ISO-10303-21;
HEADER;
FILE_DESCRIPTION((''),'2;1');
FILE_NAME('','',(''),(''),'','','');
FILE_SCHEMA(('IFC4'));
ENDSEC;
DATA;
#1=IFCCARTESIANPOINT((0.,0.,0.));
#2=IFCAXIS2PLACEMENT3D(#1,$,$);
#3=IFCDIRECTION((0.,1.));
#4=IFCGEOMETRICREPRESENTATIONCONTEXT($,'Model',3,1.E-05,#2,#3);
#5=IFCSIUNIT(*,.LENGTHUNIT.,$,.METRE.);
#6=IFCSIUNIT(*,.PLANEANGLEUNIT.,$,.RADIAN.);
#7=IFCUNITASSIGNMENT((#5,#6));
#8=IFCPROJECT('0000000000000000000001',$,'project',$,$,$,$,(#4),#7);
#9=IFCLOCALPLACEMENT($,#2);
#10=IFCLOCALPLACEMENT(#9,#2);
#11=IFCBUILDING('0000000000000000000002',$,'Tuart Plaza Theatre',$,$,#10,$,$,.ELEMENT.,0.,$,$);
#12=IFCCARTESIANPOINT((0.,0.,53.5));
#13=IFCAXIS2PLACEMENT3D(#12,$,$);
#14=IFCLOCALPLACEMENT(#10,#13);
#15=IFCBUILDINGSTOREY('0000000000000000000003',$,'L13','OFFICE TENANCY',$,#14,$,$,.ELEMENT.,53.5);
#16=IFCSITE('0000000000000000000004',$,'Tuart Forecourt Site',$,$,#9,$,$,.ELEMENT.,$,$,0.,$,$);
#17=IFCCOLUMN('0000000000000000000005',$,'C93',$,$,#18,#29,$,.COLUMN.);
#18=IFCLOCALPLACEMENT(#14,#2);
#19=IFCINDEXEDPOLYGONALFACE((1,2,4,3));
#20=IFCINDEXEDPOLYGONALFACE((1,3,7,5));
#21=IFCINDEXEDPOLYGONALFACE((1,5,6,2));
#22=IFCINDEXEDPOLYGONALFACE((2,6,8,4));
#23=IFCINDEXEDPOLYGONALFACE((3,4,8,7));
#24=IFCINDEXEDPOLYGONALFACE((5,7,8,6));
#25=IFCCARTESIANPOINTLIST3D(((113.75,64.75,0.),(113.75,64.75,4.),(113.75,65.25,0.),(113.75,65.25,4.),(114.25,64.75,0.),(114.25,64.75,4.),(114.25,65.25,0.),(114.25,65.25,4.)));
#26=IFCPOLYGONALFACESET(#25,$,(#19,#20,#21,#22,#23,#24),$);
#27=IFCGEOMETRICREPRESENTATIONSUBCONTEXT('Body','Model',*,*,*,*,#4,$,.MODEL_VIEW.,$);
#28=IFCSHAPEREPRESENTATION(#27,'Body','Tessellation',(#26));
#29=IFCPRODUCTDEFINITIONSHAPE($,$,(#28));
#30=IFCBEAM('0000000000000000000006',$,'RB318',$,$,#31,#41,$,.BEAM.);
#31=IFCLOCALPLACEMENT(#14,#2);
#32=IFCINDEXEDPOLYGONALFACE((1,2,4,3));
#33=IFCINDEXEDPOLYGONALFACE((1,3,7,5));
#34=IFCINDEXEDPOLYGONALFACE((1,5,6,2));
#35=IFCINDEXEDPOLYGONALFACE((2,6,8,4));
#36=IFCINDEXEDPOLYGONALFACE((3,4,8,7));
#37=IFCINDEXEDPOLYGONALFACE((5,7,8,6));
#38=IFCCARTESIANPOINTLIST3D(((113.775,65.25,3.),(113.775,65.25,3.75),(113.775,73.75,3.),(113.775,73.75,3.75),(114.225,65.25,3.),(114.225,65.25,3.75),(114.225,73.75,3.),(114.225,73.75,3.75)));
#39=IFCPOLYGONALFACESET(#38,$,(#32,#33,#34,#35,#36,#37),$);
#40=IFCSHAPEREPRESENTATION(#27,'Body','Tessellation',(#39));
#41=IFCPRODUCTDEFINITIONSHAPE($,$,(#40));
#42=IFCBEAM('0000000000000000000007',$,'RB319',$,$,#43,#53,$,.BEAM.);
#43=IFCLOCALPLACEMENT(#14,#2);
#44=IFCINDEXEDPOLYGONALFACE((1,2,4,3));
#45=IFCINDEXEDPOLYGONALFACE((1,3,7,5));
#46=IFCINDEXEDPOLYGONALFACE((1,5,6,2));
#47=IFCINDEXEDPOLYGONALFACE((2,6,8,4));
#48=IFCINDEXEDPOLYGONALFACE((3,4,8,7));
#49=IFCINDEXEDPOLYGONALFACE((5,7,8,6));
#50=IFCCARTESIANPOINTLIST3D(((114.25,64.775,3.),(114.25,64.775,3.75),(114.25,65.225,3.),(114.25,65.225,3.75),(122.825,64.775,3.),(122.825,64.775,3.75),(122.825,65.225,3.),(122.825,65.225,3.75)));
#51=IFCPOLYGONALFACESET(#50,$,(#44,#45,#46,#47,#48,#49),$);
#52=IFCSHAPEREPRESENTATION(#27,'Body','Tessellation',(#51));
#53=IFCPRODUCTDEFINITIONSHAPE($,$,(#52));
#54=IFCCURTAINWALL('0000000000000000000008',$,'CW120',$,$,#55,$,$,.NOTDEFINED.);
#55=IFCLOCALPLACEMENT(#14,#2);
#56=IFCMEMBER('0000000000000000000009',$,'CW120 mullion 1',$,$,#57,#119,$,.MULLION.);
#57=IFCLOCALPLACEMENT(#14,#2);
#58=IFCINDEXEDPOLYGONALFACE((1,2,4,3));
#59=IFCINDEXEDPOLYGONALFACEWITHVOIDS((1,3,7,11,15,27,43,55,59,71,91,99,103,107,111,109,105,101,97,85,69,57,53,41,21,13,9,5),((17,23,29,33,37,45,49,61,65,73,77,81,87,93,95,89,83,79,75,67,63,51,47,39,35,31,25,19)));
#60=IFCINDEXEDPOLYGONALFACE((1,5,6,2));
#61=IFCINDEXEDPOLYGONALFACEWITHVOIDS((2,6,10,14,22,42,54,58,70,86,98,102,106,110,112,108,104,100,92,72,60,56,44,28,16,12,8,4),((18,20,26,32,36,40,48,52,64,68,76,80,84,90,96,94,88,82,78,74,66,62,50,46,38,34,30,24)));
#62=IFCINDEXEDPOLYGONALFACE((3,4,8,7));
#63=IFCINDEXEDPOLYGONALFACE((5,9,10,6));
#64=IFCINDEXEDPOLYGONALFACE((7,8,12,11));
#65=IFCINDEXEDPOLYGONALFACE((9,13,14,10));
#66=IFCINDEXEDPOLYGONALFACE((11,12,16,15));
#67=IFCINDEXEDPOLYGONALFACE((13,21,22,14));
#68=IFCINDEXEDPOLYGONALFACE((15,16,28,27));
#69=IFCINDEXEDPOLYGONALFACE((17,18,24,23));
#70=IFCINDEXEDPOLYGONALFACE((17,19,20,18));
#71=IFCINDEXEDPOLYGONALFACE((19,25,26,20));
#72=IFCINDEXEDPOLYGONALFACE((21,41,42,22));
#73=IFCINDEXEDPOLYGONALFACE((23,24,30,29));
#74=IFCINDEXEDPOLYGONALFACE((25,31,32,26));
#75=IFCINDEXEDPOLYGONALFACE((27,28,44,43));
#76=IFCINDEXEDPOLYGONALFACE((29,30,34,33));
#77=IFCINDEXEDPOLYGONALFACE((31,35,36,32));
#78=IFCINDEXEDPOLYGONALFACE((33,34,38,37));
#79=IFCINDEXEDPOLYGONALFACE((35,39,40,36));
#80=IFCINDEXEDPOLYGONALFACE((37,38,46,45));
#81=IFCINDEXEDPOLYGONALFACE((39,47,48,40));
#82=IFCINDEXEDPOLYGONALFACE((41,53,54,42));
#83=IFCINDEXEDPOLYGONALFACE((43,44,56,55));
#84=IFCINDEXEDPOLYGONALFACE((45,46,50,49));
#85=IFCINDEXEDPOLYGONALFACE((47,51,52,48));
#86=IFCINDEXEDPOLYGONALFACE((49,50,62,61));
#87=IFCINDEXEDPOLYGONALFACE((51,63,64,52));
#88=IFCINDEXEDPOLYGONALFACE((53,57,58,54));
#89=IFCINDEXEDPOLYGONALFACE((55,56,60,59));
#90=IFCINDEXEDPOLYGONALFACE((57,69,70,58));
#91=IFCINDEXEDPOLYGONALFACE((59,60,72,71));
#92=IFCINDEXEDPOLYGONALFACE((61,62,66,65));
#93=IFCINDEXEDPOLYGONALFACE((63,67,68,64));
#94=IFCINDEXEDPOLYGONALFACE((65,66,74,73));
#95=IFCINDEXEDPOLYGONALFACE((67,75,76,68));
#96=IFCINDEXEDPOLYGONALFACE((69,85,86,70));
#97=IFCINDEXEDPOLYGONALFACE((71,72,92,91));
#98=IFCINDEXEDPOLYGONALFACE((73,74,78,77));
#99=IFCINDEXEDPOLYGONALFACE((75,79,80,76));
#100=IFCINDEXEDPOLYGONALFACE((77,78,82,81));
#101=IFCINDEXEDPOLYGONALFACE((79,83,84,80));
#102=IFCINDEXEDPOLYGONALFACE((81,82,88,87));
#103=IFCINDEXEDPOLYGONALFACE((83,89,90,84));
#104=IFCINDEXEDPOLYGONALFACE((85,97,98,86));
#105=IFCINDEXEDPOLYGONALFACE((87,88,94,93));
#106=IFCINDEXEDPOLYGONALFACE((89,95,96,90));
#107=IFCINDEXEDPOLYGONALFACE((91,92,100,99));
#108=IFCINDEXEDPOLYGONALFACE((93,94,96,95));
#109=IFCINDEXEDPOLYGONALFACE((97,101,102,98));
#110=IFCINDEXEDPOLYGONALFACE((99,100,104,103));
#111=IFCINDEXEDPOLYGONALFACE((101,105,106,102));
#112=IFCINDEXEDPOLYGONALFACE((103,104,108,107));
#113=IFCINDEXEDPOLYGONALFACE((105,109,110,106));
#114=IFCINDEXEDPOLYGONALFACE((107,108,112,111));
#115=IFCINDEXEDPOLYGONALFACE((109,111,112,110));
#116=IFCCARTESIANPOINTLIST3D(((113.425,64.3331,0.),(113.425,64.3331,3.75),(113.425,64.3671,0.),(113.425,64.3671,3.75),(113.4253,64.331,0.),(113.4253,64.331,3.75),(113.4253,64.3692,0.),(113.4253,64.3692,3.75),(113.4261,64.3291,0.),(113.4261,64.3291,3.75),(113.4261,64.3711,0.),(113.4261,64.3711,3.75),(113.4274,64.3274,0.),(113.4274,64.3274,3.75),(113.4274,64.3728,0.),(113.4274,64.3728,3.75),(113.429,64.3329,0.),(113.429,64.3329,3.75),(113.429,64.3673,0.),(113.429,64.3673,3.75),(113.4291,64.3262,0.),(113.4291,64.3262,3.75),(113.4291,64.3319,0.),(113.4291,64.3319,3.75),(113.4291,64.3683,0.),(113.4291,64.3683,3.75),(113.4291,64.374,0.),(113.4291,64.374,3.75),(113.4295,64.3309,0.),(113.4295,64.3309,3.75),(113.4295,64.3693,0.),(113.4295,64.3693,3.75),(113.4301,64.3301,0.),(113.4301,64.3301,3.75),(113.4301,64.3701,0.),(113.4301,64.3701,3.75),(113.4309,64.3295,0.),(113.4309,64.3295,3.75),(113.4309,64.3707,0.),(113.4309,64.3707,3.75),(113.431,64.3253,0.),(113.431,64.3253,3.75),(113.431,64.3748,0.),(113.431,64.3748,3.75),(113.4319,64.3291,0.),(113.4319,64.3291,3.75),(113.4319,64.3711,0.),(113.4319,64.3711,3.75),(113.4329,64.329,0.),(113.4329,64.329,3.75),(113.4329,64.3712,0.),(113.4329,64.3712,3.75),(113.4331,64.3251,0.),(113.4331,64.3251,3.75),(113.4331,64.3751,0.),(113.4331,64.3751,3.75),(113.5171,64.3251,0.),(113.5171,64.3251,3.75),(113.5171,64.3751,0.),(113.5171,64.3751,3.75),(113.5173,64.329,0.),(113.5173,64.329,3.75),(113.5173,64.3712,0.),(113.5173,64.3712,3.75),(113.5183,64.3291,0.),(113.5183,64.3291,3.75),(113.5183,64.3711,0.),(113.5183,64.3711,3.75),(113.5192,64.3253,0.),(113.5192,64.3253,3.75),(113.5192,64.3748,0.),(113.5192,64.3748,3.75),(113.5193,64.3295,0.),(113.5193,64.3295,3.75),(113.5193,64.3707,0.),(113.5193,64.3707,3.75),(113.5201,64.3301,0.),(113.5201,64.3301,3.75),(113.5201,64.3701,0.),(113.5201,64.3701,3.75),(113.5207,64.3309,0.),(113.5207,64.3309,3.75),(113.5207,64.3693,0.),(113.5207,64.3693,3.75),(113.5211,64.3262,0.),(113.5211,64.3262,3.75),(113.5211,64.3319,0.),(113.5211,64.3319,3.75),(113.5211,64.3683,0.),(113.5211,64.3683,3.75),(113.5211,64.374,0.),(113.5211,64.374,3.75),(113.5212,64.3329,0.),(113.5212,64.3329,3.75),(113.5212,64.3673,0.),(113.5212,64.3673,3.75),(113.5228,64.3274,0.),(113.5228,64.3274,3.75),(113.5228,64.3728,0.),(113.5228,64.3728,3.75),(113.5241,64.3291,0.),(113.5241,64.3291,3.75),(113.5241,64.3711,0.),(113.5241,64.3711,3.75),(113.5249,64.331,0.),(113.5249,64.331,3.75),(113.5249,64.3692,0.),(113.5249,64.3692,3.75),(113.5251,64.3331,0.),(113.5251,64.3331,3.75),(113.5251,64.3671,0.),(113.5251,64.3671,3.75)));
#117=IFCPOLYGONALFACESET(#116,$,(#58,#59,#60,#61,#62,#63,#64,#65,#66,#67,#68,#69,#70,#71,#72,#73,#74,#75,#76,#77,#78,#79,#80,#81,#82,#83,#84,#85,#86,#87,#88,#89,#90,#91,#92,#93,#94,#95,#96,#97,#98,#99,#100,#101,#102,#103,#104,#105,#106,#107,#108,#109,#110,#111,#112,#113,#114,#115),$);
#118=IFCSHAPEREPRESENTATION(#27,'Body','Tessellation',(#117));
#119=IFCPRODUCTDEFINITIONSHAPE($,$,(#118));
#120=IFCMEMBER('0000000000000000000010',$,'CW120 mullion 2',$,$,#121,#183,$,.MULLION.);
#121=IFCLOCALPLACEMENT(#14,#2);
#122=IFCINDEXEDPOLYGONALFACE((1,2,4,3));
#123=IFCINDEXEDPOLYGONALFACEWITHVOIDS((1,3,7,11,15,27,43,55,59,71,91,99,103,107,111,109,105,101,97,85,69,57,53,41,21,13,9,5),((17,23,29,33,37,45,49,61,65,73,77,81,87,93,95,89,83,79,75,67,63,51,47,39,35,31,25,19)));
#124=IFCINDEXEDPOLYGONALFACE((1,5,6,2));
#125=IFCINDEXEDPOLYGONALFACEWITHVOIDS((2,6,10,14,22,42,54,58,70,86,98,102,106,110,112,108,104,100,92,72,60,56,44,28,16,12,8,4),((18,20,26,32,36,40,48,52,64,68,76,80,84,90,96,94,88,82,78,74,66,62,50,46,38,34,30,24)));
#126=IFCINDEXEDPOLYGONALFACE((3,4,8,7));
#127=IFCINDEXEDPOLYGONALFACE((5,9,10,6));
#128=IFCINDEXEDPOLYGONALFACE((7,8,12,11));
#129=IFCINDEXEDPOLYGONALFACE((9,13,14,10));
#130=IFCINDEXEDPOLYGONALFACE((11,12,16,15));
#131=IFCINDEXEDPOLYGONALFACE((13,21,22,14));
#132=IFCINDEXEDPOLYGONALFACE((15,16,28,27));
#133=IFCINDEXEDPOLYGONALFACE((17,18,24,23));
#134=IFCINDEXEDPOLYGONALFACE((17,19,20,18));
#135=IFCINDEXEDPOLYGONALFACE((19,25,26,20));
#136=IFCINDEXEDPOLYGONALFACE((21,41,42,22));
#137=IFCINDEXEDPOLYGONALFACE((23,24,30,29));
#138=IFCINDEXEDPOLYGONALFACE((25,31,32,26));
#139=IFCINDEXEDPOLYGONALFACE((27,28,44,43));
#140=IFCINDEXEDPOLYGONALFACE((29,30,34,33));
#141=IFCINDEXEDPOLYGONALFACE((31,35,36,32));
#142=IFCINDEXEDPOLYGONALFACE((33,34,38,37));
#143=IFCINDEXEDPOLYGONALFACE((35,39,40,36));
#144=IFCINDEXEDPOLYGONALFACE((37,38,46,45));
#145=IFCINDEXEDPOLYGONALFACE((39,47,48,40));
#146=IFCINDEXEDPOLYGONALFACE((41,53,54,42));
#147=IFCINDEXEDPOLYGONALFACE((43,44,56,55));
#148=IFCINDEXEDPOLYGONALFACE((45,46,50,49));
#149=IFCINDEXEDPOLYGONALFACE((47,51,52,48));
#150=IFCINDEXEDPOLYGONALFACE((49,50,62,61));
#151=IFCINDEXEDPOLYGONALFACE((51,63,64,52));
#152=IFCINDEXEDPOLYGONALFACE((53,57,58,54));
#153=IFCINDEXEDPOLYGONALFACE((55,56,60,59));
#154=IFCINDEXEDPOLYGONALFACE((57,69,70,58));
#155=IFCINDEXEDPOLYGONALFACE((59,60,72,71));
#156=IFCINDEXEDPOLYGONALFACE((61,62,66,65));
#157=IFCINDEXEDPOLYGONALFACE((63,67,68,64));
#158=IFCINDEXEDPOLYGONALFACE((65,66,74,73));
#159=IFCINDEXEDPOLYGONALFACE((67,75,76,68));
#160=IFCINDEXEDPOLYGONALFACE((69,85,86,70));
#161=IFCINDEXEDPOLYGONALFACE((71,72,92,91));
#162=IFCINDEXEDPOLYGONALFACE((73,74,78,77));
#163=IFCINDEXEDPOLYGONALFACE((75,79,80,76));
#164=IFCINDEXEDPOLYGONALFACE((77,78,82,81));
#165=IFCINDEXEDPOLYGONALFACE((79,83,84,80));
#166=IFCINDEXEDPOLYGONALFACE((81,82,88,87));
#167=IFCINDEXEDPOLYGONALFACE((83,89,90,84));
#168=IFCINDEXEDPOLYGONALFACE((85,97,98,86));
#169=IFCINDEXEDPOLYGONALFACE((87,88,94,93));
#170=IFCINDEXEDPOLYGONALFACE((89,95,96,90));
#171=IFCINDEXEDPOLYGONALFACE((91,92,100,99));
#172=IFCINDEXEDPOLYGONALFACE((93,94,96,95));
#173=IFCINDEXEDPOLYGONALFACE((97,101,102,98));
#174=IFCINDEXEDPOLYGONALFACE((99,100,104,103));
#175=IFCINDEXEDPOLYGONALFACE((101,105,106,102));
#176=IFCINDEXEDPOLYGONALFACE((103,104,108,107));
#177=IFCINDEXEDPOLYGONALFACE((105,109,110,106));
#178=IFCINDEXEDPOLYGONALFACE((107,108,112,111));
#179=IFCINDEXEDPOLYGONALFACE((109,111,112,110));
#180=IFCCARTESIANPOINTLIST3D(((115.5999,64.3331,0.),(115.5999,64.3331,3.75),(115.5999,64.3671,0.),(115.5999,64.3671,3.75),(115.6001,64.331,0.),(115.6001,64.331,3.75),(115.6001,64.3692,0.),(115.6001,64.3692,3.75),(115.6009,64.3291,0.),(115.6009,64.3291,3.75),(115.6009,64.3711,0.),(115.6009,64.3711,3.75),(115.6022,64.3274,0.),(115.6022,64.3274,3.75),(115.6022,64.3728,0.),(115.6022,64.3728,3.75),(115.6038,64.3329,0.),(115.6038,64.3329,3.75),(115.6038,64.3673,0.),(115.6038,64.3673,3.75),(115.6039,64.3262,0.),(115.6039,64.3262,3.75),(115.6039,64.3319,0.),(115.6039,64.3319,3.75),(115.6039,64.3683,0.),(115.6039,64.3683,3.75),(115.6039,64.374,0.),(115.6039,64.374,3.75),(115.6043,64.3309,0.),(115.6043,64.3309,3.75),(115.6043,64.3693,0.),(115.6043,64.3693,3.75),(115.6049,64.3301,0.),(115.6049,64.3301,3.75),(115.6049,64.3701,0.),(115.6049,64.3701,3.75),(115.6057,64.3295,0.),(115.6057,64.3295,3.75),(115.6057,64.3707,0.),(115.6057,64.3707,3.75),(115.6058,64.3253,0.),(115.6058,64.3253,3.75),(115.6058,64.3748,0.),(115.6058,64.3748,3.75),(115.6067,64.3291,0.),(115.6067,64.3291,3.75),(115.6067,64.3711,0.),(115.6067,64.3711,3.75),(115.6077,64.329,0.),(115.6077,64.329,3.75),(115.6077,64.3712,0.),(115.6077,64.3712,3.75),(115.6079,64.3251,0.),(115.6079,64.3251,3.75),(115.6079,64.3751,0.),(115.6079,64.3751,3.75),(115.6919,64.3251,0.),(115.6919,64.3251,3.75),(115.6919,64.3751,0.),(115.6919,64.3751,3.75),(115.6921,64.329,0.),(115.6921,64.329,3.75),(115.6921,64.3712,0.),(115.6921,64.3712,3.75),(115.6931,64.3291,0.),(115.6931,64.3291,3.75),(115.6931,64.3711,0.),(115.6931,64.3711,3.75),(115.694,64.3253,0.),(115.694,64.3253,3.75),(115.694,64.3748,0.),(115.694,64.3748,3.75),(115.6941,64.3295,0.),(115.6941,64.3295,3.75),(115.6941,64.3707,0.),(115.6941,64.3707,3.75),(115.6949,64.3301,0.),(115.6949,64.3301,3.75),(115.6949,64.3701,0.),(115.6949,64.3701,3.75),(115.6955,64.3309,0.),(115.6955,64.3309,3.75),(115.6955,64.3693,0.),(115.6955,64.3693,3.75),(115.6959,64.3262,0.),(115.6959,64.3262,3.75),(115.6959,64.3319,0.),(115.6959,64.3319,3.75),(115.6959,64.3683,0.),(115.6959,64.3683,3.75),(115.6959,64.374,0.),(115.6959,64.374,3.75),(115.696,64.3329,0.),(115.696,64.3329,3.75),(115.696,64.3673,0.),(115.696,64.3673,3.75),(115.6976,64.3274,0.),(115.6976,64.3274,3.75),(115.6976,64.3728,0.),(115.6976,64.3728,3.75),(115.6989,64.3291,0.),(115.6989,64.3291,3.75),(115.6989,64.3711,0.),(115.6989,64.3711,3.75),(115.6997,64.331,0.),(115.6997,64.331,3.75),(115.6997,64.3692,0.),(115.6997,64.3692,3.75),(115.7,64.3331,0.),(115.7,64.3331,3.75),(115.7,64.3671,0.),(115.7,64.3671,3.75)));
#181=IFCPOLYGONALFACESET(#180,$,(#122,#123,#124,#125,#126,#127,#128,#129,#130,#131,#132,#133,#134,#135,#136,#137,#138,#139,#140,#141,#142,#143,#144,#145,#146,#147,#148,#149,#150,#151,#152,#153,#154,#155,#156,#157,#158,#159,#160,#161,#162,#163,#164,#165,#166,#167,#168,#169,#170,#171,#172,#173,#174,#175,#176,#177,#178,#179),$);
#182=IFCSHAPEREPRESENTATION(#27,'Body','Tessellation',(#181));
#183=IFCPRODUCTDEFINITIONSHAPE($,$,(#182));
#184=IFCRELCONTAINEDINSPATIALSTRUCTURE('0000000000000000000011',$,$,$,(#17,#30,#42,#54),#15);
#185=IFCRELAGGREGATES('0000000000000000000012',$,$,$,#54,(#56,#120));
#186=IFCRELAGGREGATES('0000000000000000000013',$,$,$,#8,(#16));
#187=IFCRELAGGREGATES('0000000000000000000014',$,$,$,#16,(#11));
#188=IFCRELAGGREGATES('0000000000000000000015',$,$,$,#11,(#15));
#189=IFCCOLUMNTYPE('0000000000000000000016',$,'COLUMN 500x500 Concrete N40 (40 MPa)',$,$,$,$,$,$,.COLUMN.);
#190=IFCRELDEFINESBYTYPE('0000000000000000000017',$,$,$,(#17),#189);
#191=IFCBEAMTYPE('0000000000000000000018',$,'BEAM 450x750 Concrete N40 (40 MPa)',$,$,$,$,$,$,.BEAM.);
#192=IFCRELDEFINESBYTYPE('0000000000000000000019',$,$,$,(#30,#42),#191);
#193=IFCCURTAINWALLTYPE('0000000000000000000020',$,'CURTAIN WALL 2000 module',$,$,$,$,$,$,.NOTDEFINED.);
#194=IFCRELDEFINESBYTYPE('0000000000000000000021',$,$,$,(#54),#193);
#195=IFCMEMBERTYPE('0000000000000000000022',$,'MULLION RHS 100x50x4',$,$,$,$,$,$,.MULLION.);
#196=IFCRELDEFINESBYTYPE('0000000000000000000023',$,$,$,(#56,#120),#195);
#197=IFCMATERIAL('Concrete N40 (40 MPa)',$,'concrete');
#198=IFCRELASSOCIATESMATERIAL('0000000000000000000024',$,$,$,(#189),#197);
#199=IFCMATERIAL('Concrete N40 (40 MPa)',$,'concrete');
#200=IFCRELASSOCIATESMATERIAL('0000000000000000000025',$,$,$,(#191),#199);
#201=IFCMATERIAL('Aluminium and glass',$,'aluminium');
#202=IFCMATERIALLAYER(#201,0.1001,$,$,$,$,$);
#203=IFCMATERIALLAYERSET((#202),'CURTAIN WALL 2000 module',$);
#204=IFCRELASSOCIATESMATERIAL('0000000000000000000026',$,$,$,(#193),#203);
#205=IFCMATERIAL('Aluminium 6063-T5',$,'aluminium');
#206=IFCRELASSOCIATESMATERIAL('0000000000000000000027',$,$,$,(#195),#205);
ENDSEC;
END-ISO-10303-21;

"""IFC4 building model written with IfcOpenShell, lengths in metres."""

from ifc_helpers import new_model, si_unit, direction, frame, origin, origin_2d, place, context, subcontext, project, spatial, rectangle, hollow_rectangle, extrude, material, layer, layer_set, material_profile, profile_set, type_object, element, aggregate, save


model = new_model("IFC4")

# Units and contexts
model_context = context("Model", 3, precision=1e-05, world=origin(), true_north=direction((0.0, 1.0)))
body_context = subcontext(model_context, "Body", "Model", "MODEL_VIEW")
ifc_project = project(units=[si_unit("LENGTHUNIT", "METRE"), si_unit("PLANEANGLEUNIT", "RADIAN")], contexts=[model_context])

# Site, building, storey
site_placement = place(None, origin())
site = spatial("IfcSite", under=ifc_project, at=site_placement, Name="Tuart Forecourt Site", CompositionType="ELEMENT", RefElevation=0.0)
building_placement = place(site_placement, origin())
building = spatial("IfcBuilding", under=site, at=building_placement, Name="Tuart Plaza Theatre", CompositionType="ELEMENT", ElevationOfRefHeight=0.0)
storey_placement = place(building_placement, frame((0.0, 0.0, 53.5)))
storey = spatial("IfcBuildingStorey", under=building, at=storey_placement, Name="L13", Description="OFFICE TENANCY", CompositionType="ELEMENT", Elevation=53.5)

# Column
ifc_material_1 = material(Name="Concrete N40 (40 MPa)", Category="concrete")
ifc_material_profile_1 = material_profile(ifc_material_1, rectangle(XDim=0.5, YDim=0.5, at=origin_2d()), Name="COLUMN 500x500 Concrete N40 (40 MPa)")
ifc_profile_set_1 = profile_set([ifc_material_profile_1], Name="Concrete N40 (40 MPa)")
column_type = type_object("IfcColumnType", Name="COLUMN 500x500 Concrete N40 (40 MPa)", PredefinedType="COLUMN", material=ifc_profile_set_1)
column_placement = place(storey_placement, frame((114.0, 65.0, 0.0), z_axis=(0.0, 0.0, 1.0), x_axis=(1.0, 0.0, 0.0)))
element("IfcColumn", 1, at=column_placement, inside=storey, type_object=column_type, Name="C93", PredefinedType="COLUMN", context=body_context, shape_type="SweptSolid", body=[
    extrude(rectangle(XDim=0.5, YDim=0.5, at=origin_2d()), origin(), (0.0, 0.0, 1.0), 4.0),
])

# Beams
ifc_material_2 = material(Name="Concrete N40 (40 MPa)", Category="concrete")
ifc_material_profile_2 = material_profile(ifc_material_2, rectangle(XDim=0.45, YDim=0.75, at=origin_2d()), Name="BEAM 450x750 Concrete N40 (40 MPa)")
ifc_profile_set_2 = profile_set([ifc_material_profile_2], Name="Concrete N40 (40 MPa)")
beam_type = type_object("IfcBeamType", Name="BEAM 450x750 Concrete N40 (40 MPa)", PredefinedType="BEAM", material=ifc_profile_set_2)
beam_1_placement = place(storey_placement, frame((114.0, 65.25, 3.375), z_axis=(0.0, 1.0, 0.0), x_axis=(-1.0, 0.0, 0.0)))
element("IfcBeam", 2, at=beam_1_placement, inside=storey, type_object=beam_type, Name="RB318", PredefinedType="BEAM", context=body_context, shape_type="SweptSolid", body=[
    extrude(rectangle(XDim=0.45, YDim=0.75, at=origin_2d()), origin(), (0.0, 0.0, 1.0), 8.5),
])
beam_2_placement = place(storey_placement, frame((114.25, 65.0, 3.375), z_axis=(1.0, 0.0, 0.0), x_axis=(0.0, 1.0, 0.0)))
element("IfcBeam", 3, at=beam_2_placement, inside=storey, type_object=beam_type, Name="RB319", PredefinedType="BEAM", context=body_context, shape_type="SweptSolid", body=[
    extrude(rectangle(XDim=0.45, YDim=0.75, at=origin_2d()), origin(), (0.0, 0.0, 1.0), 8.575),
])

# Curtain wall, members
ifc_material_3 = material(Name="Aluminium and glass", Category="aluminium")
ifc_layer_1 = layer(ifc_material_3, 0.1001)
ifc_layer_set_1 = layer_set([ifc_layer_1], Name="CURTAIN WALL 2000 module")
curtain_wall_type = type_object("IfcCurtainWallType", Name="CURTAIN WALL 2000 module", PredefinedType="NOTDEFINED", material=ifc_layer_set_1)
curtain_wall_1_placement = place(storey_placement, origin())
curtain_wall_1 = element("IfcCurtainWall", 4, at=curtain_wall_1_placement, inside=storey, type_object=curtain_wall_type, Name="CW120", PredefinedType="NOTDEFINED")
ifc_material_4 = material(Name="Aluminium 6063-T5", Category="aluminium")
ifc_material_profile_3 = material_profile(ifc_material_4, hollow_rectangle(XDim=0.05, YDim=0.1001, WallThickness=0.0039, InnerFilletRadius=0.0039, OuterFilletRadius=0.0081, at=origin_2d()), Name="RHS 100x50x4")
ifc_profile_set_3 = profile_set([ifc_material_profile_3], Name="Aluminium 6063-T5")
member_type_1 = type_object("IfcMemberType", Name="MULLION RHS 100x50x4", PredefinedType="MULLION", material=ifc_profile_set_3)
member_1_placement = place(storey_placement, frame((113.4751, 64.3501, 0.0), z_axis=(0.0, 0.0, 1.0), x_axis=(0.0, 1.0, 0.0)))
member_1 = element("IfcMember", 5, at=member_1_placement, type_object=member_type_1, Name="CW120 mullion 1", PredefinedType="MULLION", context=body_context, shape_type="SweptSolid", body=[
    extrude(hollow_rectangle(XDim=0.05, YDim=0.1001, WallThickness=0.0039, InnerFilletRadius=0.0039, OuterFilletRadius=0.0081, at=origin_2d()), origin(), (0.0, 0.0, 1.0), 3.75),
])
member_2_placement = place(storey_placement, frame((115.6499, 64.3501, 0.0), z_axis=(0.0, 0.0, 1.0), x_axis=(0.0, 1.0, 0.0)))
member_2 = element("IfcMember", 6, at=member_2_placement, type_object=member_type_1, Name="CW120 mullion 2", PredefinedType="MULLION", context=body_context, shape_type="SweptSolid", body=[
    extrude(hollow_rectangle(XDim=0.05, YDim=0.1001, WallThickness=0.0039, InnerFilletRadius=0.0039, OuterFilletRadius=0.0081, at=origin_2d()), origin(), (0.0, 0.0, 1.0), 3.75),
])

aggregate(curtain_wall_1, [member_1, member_2])

save(model, "model.ifc")
